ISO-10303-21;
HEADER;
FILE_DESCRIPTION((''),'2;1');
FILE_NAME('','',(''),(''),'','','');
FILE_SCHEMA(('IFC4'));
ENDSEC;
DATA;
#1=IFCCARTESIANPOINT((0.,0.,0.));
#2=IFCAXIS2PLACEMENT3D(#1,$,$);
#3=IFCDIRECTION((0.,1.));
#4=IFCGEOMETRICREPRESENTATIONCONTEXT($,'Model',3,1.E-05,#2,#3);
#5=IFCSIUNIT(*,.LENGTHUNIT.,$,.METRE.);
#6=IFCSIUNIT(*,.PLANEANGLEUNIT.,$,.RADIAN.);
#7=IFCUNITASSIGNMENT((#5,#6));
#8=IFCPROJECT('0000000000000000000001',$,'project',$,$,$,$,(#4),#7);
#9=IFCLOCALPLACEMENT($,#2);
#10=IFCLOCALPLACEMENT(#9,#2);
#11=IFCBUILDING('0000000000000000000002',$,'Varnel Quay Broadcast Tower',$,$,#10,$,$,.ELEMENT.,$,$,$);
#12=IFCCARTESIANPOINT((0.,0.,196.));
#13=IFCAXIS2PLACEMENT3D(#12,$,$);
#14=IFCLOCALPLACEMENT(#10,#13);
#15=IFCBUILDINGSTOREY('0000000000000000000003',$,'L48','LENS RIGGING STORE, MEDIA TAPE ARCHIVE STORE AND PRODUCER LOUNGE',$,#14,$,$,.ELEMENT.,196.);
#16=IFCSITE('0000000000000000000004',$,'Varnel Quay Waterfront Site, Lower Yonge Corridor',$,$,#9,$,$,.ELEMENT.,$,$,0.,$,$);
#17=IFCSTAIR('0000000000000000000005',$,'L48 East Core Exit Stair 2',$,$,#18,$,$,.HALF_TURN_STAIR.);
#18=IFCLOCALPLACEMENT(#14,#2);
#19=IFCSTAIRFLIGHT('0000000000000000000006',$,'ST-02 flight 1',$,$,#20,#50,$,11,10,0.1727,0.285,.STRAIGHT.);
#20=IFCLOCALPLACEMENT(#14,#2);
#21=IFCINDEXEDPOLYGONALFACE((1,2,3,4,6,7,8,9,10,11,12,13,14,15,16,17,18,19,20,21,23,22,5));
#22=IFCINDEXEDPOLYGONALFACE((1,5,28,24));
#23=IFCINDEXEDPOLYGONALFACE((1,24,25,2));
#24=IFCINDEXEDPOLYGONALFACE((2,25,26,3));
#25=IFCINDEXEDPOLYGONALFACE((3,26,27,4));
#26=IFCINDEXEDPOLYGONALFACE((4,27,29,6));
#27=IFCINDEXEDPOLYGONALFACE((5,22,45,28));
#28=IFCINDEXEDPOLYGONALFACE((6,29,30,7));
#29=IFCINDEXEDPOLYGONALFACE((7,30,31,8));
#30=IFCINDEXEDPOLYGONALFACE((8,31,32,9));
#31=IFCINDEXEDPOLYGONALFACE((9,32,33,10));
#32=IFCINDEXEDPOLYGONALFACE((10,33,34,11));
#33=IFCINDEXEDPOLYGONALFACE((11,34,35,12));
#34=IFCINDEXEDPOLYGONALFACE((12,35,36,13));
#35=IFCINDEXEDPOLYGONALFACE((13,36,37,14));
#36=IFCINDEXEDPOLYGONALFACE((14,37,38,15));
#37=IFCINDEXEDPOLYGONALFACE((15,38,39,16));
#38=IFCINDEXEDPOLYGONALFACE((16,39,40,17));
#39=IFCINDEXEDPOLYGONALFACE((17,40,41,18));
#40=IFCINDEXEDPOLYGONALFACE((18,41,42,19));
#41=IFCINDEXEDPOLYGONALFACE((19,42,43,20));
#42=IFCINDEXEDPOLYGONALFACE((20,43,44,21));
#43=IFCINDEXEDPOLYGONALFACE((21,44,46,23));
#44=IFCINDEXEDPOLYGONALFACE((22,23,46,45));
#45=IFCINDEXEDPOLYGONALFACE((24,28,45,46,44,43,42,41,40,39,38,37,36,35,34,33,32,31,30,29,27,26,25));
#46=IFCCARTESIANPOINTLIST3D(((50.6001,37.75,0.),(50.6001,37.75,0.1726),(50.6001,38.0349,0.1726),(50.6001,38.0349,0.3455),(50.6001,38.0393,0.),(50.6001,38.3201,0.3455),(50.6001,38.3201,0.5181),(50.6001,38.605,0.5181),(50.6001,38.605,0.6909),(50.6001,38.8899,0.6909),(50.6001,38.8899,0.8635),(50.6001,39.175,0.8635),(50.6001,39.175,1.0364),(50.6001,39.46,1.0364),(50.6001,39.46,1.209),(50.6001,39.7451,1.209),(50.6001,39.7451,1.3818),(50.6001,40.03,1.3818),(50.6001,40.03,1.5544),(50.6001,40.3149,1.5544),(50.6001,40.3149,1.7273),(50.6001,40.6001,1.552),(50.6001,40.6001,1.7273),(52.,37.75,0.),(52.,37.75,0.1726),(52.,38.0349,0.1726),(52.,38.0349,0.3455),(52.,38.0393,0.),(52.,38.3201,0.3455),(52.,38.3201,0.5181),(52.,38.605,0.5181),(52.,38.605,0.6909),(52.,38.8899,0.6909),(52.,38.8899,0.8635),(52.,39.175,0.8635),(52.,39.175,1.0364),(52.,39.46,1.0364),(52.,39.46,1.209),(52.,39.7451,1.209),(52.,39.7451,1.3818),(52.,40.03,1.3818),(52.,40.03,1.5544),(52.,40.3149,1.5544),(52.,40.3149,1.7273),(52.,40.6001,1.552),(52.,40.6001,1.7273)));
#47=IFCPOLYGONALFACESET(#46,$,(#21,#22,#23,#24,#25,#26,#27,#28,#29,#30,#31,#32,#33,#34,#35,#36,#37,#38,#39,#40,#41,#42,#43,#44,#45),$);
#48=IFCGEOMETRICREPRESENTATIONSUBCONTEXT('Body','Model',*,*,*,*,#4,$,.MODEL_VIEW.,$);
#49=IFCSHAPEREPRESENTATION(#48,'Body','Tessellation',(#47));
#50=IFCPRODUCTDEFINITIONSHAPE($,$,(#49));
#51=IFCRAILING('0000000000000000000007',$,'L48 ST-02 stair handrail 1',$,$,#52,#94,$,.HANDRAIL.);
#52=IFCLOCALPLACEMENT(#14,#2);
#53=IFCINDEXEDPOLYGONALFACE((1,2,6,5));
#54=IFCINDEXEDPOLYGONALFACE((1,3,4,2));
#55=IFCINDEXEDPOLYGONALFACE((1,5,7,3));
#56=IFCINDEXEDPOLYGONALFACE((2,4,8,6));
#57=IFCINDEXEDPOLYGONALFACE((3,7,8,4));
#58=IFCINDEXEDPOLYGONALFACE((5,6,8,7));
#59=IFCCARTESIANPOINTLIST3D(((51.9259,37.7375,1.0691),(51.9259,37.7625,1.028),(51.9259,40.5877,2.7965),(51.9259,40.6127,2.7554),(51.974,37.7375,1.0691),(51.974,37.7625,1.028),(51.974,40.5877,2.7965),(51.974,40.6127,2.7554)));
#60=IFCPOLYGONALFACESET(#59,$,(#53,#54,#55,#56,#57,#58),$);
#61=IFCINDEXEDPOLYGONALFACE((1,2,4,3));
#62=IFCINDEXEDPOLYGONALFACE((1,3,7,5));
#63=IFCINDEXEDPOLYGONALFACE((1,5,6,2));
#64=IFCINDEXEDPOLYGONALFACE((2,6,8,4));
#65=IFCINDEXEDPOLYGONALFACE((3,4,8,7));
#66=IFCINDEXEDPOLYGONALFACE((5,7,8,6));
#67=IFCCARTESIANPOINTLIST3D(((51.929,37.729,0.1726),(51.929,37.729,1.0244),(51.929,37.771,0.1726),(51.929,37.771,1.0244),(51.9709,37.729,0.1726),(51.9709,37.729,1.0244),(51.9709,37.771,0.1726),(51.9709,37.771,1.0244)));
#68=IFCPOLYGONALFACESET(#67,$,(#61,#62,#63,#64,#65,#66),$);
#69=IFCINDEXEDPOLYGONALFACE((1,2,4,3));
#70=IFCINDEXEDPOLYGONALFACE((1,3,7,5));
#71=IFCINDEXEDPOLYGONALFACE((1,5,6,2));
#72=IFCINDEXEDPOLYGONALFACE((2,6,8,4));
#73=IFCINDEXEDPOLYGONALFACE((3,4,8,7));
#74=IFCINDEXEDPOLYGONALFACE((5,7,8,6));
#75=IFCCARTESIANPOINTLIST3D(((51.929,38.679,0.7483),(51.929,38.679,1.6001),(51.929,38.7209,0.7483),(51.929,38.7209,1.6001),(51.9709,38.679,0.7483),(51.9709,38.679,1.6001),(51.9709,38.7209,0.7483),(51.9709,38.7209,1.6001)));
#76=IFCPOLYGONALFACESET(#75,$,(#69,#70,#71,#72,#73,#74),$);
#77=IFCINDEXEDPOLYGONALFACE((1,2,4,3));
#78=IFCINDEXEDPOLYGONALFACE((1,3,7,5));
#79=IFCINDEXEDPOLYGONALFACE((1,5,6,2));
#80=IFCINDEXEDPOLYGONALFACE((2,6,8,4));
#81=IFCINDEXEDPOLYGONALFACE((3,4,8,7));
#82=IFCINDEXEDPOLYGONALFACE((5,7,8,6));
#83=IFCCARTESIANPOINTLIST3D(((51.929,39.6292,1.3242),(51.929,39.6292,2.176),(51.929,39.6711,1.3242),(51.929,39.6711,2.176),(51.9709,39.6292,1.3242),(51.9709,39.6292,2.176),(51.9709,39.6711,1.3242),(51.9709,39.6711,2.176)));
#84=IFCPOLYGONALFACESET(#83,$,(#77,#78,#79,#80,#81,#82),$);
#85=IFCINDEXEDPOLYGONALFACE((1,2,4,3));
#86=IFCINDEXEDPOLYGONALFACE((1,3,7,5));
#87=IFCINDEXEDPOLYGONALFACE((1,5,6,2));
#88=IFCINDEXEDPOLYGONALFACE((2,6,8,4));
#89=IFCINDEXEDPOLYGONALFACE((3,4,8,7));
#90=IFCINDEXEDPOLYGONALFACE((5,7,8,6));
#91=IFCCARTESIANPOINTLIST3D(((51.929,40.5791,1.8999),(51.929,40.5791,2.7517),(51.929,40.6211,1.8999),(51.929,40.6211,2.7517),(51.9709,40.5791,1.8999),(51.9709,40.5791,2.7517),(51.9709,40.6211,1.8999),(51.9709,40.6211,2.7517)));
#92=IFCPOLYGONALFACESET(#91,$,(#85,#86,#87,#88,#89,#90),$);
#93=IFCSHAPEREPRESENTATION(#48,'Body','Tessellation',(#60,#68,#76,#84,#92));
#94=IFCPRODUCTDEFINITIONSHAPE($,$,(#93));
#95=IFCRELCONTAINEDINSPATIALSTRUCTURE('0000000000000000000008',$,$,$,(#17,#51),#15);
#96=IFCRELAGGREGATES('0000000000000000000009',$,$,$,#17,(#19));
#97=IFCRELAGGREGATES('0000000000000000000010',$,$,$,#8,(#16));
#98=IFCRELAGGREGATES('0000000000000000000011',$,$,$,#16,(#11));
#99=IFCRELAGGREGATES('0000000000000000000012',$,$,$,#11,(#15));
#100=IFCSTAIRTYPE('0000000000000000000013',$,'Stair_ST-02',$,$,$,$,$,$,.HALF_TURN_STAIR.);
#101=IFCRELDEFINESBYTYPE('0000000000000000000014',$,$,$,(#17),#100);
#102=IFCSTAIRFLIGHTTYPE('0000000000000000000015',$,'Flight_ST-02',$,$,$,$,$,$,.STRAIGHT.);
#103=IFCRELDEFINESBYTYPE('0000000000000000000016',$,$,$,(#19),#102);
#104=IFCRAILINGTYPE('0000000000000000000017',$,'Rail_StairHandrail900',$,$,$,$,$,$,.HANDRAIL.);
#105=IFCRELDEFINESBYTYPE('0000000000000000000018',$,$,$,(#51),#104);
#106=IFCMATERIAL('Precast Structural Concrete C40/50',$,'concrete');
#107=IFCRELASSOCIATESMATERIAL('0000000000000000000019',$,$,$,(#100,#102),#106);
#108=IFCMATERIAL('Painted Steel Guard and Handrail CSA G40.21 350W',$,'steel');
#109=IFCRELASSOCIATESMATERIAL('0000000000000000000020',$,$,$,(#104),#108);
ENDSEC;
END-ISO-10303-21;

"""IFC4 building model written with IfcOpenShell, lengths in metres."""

from ifc_helpers import new_model, si_unit, direction, frame, origin, origin_2d, place, context, subcontext, project, spatial, polyline, rectangle, outline, extrude, material, type_object, element, aggregate, save


model = new_model("IFC4")

# Units and contexts
model_context = context("Model", 3, precision=1e-05, world=origin(), true_north=direction((0.0, 1.0)))
body_context = subcontext(model_context, "Body", "Model", "MODEL_VIEW")
ifc_project = project(units=[si_unit("LENGTHUNIT", "METRE"), si_unit("PLANEANGLEUNIT", "RADIAN")], contexts=[model_context])

# Site, building, storey
site_placement = place(None, origin())
site = spatial("IfcSite", under=ifc_project, at=site_placement, Name="Varnel Quay Waterfront Site, Lower Yonge Corridor", CompositionType="ELEMENT", RefElevation=0.0)
building_placement = place(site_placement, origin())
building = spatial("IfcBuilding", under=site, at=building_placement, Name="Varnel Quay Broadcast Tower", CompositionType="ELEMENT")
storey_placement = place(building_placement, frame((0.0, 0.0, 196.0)))
storey = spatial("IfcBuildingStorey", under=building, at=storey_placement, Name="L48", Description="LENS RIGGING STORE, MEDIA TAPE ARCHIVE STORE AND PRODUCER LOUNGE", CompositionType="ELEMENT", Elevation=196.0)

# Stair, stair flight
ifc_material_1 = material(Name="Precast Structural Concrete C40/50", Category="concrete")
stair_type = type_object("IfcStairType", Name="Stair_ST-02", PredefinedType="HALF_TURN_STAIR", material=ifc_material_1)
stair_placement = place(storey_placement, origin())
stair = element("IfcStair", 1, at=stair_placement, inside=storey, type_object=stair_type, Name="L48 East Core Exit Stair 2", PredefinedType="HALF_TURN_STAIR")
stair_flight_type = type_object("IfcStairFlightType", Name="Flight_ST-02", PredefinedType="STRAIGHT", material=ifc_material_1)
stair_flight_placement = place(storey_placement, frame((51.3, 37.75, 0.0), z_axis=(0.0, 0.0, 1.0), x_axis=(0.0, 1.0, 0.0)))
stair_flight = element("IfcStairFlight", 2, at=stair_flight_placement, type_object=stair_flight_type, Name="ST-02 flight 1", NumberOfRisers=11, NumberOfTreads=10, PredefinedType="STRAIGHT", RiserHeight=0.1727, TreadLength=0.285, context=body_context, shape_type="SweptSolid", body=[
    extrude(outline(polyline([(0.0, 0.0), (0.0, 0.1726), (0.2849, 0.1726), (0.2849, 0.3455), (0.5701, 0.3455), (0.5701, 0.5181), (0.855, 0.5181), (0.855, 0.6909), (1.1399, 0.6909), (1.1399, 0.8635), (1.425, 0.8635), (1.425, 1.0364), (1.71, 1.0364), (1.71, 1.209), (1.9951, 1.209), (1.9951, 1.3818), (2.28, 1.3818), (2.28, 1.5544), (2.5649, 1.5544), (2.5649, 1.7273), (2.8501, 1.7273), (2.8501, 1.8999), (2.8501, 1.552), (0.2893, 0.0), (0.0, 0.0)])), frame((0.0, 0.7, 0.0), z_axis=(0.0, -1.0, 0.0), x_axis=(1.0, 0.0, 0.0)), (0.0, 0.0, 1.0), 1.3999),
])
aggregate(stair, [stair_flight])

# Railing
ifc_material_2 = material(Name="Painted Steel Guard and Handrail CSA G40.21 350W", Category="steel")
railing_type = type_object("IfcRailingType", Name="Rail_StairHandrail900", PredefinedType="HANDRAIL", material=ifc_material_2)
railing_placement = place(storey_placement, frame((51.95, 37.75, 0.1726)))
element("IfcRailing", 3, at=railing_placement, inside=storey, type_object=railing_type, Name="L48 ST-02 stair handrail 1", PredefinedType="HANDRAIL", context=body_context, shape_type="SweptSolid", body=[
    extrude(rectangle(XDim=0.0481, YDim=0.0481, at=origin_2d()), frame((0.0, 0.0, 0.876), z_axis=(0.0, 0.855203, 0.518294), x_axis=(-1.0, 0.0, 0.0)), (0.0, 0.0, 1.0), 3.3328),
    extrude(rectangle(XDim=0.042, YDim=0.042, at=origin_2d()), origin(), (0.0, 0.0, 1.0), 0.8518),
    extrude(rectangle(XDim=0.042, YDim=0.042, at=origin_2d()), frame((0.0, 0.95, 0.5757)), (0.0, 0.0, 1.0), 0.8518),
    extrude(rectangle(XDim=0.042, YDim=0.042, at=origin_2d()), frame((0.0, 1.9001, 1.1516)), (0.0, 0.0, 1.0), 0.8518),
    extrude(rectangle(XDim=0.042, YDim=0.042, at=origin_2d()), frame((0.0, 2.8501, 1.7273)), (0.0, 0.0, 1.0), 0.8518),
])

save(model, "model.ifc")
